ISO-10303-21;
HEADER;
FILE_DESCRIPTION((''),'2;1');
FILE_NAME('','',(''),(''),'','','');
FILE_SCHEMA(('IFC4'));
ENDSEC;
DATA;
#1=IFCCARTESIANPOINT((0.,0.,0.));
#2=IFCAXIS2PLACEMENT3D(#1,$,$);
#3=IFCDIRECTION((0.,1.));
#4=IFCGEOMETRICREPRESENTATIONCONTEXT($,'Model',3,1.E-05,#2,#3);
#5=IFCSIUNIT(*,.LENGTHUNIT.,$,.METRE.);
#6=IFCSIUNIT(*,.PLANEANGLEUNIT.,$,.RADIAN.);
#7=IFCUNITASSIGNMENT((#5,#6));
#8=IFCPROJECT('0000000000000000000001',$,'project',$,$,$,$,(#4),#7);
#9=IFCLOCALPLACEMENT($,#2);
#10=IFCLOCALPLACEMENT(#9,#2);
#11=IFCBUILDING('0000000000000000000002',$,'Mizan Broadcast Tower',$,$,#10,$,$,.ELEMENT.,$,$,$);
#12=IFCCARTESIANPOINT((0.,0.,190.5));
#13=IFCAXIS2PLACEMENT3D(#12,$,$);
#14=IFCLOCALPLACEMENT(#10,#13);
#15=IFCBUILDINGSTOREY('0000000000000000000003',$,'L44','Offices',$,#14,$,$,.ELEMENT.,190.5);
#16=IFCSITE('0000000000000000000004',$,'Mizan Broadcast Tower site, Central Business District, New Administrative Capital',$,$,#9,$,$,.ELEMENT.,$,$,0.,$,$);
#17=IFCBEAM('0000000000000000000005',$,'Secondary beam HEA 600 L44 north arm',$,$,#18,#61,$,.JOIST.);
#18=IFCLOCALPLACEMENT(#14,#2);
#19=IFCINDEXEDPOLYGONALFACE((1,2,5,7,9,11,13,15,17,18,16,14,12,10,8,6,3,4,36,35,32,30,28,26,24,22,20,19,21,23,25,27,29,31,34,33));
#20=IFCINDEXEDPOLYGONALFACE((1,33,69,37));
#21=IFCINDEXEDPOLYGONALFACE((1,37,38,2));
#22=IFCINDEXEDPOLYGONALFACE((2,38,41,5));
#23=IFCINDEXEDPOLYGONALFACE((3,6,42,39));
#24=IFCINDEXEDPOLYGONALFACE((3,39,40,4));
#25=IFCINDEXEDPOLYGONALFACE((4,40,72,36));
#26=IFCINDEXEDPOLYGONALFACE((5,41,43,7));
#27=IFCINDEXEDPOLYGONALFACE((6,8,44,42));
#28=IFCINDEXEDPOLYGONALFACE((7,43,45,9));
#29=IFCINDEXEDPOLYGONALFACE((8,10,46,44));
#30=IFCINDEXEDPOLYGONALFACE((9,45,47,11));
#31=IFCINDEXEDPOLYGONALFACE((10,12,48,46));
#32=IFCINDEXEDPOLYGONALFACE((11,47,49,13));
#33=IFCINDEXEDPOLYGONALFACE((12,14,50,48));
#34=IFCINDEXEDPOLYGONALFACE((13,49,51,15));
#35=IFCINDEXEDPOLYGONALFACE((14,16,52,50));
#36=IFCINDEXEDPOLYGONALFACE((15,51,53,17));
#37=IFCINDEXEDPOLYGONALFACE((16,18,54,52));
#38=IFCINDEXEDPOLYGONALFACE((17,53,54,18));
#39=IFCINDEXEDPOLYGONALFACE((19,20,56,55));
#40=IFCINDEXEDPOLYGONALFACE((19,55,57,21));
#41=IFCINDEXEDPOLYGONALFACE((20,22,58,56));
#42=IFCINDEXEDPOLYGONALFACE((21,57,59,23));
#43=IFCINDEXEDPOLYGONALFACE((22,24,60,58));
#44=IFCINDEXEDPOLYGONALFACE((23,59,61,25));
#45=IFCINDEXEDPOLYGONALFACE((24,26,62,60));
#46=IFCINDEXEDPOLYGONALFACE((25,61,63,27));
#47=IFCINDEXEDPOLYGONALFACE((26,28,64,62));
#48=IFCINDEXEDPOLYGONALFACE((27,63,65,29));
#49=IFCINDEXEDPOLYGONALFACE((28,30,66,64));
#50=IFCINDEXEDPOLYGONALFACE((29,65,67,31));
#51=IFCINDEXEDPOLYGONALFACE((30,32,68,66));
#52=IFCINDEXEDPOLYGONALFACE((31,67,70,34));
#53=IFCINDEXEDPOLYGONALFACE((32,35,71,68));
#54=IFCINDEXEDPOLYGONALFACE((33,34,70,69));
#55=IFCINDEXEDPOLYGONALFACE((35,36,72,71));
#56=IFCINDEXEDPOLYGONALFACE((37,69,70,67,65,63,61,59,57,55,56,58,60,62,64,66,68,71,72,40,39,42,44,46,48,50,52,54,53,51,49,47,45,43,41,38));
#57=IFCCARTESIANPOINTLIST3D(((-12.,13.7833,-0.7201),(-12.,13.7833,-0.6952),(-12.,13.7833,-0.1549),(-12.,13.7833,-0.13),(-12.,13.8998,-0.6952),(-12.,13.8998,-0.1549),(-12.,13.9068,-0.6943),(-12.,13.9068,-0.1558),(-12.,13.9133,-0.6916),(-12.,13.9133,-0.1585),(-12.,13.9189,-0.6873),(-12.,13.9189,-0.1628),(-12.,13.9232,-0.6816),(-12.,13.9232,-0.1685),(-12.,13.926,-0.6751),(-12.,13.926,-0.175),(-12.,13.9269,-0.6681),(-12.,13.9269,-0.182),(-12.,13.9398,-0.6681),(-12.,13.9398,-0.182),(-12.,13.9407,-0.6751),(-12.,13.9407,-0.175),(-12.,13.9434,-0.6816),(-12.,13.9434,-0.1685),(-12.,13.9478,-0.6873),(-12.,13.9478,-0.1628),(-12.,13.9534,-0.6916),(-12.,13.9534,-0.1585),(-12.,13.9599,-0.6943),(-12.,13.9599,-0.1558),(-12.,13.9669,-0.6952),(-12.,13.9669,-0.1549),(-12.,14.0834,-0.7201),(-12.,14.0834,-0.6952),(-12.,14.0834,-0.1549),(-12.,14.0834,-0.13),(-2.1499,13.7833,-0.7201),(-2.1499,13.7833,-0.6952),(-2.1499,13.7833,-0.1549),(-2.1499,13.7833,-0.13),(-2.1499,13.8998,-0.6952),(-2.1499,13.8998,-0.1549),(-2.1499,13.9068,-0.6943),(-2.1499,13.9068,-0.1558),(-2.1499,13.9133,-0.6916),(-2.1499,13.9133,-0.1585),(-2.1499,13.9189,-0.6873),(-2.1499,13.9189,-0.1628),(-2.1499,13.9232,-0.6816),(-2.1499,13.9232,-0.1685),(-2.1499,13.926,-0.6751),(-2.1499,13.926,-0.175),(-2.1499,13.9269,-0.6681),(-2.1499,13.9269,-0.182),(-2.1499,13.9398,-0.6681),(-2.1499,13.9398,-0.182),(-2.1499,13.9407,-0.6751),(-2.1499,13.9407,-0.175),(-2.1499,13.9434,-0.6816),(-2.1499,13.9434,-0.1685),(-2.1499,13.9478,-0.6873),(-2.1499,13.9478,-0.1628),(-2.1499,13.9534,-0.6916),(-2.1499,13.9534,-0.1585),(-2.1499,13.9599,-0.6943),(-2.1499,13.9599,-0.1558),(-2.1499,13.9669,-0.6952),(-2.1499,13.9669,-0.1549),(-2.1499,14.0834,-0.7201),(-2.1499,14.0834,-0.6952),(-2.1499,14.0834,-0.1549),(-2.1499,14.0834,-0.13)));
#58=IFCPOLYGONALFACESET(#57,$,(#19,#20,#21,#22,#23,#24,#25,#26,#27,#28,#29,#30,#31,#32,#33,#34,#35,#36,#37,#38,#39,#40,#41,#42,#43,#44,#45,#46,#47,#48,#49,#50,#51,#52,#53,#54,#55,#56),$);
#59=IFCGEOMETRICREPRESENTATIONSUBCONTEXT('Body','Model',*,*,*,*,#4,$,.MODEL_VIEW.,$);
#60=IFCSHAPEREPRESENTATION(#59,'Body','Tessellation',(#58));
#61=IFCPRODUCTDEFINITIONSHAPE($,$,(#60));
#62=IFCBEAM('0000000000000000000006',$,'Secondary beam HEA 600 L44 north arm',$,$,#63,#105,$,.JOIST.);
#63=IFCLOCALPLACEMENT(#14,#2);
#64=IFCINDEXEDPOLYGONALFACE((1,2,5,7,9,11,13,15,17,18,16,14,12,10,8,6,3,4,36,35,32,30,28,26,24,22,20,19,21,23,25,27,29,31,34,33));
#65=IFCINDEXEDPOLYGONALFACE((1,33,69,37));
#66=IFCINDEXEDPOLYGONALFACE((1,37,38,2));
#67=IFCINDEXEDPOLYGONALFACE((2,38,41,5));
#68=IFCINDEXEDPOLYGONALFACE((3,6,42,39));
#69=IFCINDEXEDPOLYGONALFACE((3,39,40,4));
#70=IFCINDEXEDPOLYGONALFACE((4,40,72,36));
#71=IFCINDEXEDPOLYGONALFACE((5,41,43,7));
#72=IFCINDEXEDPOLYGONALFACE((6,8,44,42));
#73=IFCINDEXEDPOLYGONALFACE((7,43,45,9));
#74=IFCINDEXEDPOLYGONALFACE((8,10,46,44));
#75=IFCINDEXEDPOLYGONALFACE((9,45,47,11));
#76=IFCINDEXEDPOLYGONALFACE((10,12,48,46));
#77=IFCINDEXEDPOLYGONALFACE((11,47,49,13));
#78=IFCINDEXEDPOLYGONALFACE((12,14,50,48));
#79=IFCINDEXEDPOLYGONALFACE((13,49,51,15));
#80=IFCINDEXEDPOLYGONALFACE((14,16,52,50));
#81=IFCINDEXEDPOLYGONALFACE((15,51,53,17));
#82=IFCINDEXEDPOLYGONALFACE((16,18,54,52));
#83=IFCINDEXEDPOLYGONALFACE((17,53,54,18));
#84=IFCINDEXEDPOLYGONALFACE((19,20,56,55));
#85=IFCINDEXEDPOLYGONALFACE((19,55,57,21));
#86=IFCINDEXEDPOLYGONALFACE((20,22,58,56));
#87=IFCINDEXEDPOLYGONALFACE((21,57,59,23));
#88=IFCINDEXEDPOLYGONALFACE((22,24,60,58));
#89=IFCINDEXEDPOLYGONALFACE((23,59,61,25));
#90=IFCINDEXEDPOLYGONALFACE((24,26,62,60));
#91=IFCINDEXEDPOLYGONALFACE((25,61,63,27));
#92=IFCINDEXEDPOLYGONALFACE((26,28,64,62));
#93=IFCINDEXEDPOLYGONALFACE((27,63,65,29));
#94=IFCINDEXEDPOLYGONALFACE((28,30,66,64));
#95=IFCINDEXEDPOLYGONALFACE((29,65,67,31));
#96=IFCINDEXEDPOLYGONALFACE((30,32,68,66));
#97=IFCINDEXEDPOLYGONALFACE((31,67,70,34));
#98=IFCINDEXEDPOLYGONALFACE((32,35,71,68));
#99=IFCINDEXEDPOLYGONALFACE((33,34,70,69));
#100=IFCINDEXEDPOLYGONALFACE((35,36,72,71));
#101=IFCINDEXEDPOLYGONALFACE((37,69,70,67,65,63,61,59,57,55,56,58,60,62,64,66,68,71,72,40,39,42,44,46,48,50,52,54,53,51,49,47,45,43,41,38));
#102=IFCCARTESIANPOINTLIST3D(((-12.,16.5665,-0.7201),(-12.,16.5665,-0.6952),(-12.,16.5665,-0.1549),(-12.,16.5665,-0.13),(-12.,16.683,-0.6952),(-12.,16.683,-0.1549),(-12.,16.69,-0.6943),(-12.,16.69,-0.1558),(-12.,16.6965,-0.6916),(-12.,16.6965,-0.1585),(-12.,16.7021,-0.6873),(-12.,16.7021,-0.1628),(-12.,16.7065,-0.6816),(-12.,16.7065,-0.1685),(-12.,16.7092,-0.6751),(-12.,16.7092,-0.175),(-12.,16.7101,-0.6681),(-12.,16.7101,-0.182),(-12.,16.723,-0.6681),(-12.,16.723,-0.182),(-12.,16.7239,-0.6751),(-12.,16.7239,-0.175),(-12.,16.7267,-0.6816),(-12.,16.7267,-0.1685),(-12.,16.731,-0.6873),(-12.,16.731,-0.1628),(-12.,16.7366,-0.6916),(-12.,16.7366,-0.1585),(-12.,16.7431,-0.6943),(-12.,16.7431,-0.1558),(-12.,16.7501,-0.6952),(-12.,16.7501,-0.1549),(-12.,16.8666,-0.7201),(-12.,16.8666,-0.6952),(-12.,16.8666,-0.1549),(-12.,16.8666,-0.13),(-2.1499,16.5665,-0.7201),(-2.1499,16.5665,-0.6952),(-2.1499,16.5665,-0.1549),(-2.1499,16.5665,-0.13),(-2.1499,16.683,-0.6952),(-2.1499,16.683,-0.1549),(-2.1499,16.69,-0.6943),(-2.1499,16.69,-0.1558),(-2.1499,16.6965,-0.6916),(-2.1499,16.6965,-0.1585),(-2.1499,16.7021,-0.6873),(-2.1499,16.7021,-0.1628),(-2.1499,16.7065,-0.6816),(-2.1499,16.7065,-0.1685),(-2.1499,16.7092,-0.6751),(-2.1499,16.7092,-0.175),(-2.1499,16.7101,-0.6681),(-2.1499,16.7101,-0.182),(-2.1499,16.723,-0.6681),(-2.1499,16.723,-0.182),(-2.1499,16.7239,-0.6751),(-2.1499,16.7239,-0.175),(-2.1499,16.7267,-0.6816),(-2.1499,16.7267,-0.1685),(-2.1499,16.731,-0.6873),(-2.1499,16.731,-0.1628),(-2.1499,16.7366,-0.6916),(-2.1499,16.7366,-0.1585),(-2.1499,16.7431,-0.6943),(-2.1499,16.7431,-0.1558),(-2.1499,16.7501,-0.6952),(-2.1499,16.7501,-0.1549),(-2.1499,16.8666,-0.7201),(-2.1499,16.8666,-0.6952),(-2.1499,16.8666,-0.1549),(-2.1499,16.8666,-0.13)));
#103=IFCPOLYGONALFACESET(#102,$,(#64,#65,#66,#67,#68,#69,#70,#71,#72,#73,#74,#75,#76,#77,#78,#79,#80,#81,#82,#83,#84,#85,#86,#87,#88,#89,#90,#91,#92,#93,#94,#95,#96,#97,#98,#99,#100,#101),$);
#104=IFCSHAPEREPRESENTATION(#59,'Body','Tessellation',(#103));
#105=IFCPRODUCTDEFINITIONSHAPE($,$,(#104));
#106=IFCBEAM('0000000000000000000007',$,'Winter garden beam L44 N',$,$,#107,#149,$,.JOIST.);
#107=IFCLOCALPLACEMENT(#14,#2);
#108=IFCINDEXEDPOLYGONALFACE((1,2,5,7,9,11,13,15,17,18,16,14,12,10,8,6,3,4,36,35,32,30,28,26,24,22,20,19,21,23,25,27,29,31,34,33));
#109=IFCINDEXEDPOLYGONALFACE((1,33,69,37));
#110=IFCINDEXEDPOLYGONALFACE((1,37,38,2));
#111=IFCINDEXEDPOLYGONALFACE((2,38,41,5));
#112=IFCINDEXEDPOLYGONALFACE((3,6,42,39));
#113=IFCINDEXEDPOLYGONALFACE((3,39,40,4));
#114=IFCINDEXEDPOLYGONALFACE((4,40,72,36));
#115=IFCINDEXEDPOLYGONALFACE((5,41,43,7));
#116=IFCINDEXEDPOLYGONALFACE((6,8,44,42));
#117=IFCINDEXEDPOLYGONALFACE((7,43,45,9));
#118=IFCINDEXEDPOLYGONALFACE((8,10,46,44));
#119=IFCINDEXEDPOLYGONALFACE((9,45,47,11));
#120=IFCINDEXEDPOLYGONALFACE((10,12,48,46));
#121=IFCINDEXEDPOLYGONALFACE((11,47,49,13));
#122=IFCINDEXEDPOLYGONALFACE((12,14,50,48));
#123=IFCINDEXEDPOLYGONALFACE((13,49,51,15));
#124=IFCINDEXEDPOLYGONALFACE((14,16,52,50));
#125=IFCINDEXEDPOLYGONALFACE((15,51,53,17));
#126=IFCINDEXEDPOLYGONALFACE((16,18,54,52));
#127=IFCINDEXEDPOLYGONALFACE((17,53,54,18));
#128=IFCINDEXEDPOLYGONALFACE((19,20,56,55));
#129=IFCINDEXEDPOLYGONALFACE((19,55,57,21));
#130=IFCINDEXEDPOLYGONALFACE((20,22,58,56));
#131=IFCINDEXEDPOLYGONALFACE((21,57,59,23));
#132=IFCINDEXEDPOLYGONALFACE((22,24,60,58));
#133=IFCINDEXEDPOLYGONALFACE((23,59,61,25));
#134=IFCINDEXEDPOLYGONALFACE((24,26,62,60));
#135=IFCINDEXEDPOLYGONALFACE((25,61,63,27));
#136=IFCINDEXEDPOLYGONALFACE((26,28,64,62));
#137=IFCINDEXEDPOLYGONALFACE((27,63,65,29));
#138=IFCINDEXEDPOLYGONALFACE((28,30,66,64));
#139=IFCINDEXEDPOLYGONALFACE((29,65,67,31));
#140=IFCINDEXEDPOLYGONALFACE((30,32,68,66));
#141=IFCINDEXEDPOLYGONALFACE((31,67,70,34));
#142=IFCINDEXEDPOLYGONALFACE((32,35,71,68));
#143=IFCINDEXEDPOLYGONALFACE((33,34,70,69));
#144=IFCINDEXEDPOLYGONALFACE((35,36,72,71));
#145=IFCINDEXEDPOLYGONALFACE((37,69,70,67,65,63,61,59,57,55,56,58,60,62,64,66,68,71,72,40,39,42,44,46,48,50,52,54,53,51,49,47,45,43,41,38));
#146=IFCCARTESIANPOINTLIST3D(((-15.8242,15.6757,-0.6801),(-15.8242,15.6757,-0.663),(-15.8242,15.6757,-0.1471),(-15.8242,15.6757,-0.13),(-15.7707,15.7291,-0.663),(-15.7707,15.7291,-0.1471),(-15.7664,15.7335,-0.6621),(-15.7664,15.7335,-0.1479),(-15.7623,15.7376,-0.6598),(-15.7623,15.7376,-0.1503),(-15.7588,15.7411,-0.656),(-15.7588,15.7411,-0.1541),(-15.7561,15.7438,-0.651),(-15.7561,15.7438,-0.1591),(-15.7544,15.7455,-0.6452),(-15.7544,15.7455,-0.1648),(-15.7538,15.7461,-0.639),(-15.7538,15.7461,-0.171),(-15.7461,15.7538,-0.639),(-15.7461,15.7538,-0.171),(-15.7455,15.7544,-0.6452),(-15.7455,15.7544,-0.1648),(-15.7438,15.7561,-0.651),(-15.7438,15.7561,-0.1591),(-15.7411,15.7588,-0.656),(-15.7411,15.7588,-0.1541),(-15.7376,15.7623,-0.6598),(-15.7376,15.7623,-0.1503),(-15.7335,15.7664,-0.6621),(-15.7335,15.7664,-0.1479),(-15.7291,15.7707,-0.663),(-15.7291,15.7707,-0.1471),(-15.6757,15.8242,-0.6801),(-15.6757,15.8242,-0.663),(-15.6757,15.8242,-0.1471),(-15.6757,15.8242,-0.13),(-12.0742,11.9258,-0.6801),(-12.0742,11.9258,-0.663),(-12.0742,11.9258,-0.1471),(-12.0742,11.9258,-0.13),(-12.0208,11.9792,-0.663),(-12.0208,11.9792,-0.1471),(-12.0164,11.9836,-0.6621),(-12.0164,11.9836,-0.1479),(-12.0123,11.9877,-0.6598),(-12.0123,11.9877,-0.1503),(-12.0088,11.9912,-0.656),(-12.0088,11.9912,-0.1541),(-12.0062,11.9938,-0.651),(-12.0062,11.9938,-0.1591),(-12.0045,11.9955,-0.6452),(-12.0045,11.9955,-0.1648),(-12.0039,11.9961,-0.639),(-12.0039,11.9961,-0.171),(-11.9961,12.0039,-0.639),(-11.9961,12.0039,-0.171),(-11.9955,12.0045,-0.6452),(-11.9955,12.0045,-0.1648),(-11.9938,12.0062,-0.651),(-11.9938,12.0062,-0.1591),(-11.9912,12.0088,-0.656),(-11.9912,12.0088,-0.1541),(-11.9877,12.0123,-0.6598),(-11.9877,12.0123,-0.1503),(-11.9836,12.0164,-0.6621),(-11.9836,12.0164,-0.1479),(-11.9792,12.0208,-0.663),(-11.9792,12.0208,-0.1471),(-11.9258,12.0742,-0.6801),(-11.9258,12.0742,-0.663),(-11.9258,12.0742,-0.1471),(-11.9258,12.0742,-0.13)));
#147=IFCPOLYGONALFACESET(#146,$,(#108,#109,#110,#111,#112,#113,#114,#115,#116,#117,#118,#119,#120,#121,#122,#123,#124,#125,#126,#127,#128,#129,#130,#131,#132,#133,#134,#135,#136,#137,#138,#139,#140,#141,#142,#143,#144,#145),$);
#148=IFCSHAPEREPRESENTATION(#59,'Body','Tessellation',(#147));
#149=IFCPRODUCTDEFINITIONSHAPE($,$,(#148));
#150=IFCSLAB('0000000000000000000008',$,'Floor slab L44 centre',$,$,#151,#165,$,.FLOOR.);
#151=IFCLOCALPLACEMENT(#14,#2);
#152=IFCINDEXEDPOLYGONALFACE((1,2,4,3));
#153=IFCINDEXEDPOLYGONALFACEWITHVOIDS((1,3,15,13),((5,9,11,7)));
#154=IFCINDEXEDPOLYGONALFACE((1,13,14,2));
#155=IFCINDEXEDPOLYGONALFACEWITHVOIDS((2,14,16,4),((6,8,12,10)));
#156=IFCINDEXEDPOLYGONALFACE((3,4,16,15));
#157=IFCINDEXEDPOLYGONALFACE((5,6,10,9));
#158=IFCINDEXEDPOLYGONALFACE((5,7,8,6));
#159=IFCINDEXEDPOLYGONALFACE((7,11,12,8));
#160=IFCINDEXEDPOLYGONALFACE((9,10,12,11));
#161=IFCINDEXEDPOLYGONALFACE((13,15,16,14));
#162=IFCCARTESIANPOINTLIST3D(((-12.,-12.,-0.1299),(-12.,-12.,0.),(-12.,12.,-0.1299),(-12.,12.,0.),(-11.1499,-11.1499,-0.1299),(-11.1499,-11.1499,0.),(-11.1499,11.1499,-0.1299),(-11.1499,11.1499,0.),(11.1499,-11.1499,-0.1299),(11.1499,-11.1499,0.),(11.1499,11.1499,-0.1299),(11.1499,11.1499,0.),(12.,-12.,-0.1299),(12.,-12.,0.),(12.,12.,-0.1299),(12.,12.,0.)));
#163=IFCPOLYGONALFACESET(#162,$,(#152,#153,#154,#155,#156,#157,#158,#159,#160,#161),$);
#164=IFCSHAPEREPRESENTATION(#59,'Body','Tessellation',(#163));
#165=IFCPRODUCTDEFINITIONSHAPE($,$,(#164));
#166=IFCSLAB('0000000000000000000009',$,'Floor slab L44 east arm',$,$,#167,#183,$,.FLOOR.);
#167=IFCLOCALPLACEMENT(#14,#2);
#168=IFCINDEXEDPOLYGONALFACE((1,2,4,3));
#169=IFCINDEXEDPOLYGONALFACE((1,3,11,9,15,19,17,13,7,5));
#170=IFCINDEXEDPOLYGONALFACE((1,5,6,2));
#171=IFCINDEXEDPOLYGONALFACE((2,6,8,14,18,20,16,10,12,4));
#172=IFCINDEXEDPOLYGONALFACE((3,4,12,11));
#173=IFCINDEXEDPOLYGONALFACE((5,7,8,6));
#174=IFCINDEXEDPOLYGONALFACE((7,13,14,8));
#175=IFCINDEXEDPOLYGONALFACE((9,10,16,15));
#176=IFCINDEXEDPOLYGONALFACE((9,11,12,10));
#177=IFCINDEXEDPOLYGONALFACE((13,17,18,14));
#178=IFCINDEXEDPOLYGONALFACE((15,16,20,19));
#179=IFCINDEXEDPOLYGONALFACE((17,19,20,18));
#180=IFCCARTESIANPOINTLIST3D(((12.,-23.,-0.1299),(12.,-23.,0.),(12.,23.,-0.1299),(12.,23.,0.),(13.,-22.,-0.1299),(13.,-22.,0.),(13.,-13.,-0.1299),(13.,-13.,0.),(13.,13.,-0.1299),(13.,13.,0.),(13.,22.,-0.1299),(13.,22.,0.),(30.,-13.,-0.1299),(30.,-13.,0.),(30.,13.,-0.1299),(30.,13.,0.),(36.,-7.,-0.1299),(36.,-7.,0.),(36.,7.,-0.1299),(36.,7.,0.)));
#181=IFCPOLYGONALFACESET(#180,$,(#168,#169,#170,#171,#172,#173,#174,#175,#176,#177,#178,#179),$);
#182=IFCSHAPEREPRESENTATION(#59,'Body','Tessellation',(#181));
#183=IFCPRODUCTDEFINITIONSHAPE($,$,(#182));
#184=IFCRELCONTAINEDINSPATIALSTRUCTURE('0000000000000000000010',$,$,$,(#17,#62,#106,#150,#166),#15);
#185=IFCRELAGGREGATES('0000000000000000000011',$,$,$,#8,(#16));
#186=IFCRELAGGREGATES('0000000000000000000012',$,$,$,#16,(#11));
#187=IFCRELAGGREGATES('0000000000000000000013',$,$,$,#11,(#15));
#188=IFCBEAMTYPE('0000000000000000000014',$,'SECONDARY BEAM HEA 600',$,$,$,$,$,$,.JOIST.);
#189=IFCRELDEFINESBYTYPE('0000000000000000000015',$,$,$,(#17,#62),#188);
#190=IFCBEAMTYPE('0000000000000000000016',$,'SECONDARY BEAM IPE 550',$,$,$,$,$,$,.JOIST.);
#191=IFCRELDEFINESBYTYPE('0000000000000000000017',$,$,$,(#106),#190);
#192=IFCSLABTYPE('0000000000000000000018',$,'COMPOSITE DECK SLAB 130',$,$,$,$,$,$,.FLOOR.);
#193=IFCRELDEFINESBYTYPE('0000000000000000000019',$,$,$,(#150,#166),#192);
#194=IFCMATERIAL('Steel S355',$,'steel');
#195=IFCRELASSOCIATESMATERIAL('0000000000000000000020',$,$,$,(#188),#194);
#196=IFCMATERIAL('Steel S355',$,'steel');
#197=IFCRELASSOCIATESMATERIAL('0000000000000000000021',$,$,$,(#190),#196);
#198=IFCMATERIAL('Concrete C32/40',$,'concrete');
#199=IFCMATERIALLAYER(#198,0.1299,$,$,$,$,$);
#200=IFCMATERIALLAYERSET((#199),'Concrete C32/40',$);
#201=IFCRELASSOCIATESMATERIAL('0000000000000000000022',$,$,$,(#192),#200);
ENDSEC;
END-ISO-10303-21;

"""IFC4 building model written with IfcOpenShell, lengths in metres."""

from ifc_helpers import new_model, si_unit, direction, frame, origin, origin_2d, place, context, subcontext, project, spatial, polyline, i_section, outline, extrude, material, layer, layer_set, material_profile, profile_set, type_object, element, save


model = new_model("IFC4")

# Units and contexts
model_context = context("Model", 3, precision=1e-05, world=origin(), true_north=direction((0.0, 1.0)))
body_context = subcontext(model_context, "Body", "Model", "MODEL_VIEW")
ifc_project = project(units=[si_unit("LENGTHUNIT", "METRE"), si_unit("PLANEANGLEUNIT", "RADIAN")], contexts=[model_context])

# Site, building, storey
site_placement = place(None, origin())
site = spatial("IfcSite", under=ifc_project, at=site_placement, Name="Mizan Broadcast Tower site, Central Business District, New Administrative Capital", CompositionType="ELEMENT", RefElevation=0.0)
building_placement = place(site_placement, origin())
building = spatial("IfcBuilding", under=site, at=building_placement, Name="Mizan Broadcast Tower", CompositionType="ELEMENT")
storey_placement = place(building_placement, frame((0.0, 0.0, 190.5)))
storey = spatial("IfcBuildingStorey", under=building, at=storey_placement, Name="L44", Description="Offices", CompositionType="ELEMENT", Elevation=190.5)

# Beams
ifc_material_1 = material(Name="Steel S355", Category="steel")
ifc_material_profile_1 = material_profile(ifc_material_1, i_section(OverallWidth=0.3, OverallDepth=0.5901, WebThickness=0.0129, FlangeThickness=0.0249, FilletRadius=0.0271, at=origin_2d()), Name="HEA 600")
ifc_profile_set_1 = profile_set([ifc_material_profile_1], Name="Steel S355")
beam_type_1 = type_object("IfcBeamType", Name="SECONDARY BEAM HEA 600", PredefinedType="JOIST", material=ifc_profile_set_1)
for number, where, z_axis, x_axis, name in (
    (1, (-12.0, 13.9333, -0.425), (1.0, 0.0, 0.0), (0.0, 1.0, 0.0), "Secondary beam HEA 600 L44 north arm"),
    (2, (-12.0, 16.7166, -0.425), (1.0, 0.0, 0.0), (0.0, 1.0, 0.0), "Secondary beam HEA 600 L44 north arm"),
):
    element("IfcBeam", number, at=place(storey_placement, frame(where, z_axis=z_axis, x_axis=x_axis)), inside=storey, type_object=beam_type_1, Name=name, PredefinedType="JOIST", context=body_context, shape_type="SweptSolid", body=[
        extrude(i_section(OverallWidth=0.3, OverallDepth=0.5901, WebThickness=0.0129, FlangeThickness=0.0249, FilletRadius=0.0271, at=origin_2d()), origin(), (0.0, 0.0, 1.0), 9.8501),
    ])
ifc_material_2 = material(Name="Steel S355", Category="steel")
ifc_material_profile_2 = material_profile(ifc_material_2, i_section(OverallWidth=0.21, OverallDepth=0.55, WebThickness=0.011, FlangeThickness=0.0171, FilletRadius=0.0239, at=origin_2d()), Name="IPE 550")
ifc_profile_set_2 = profile_set([ifc_material_profile_2], Name="Steel S355")
beam_type_2 = type_object("IfcBeamType", Name="SECONDARY BEAM IPE 550", PredefinedType="JOIST", material=ifc_profile_set_2)
beam_1_placement = place(storey_placement, frame((-12.0, 12.0, -0.405), z_axis=(-0.707107, 0.707107, 0.0), x_axis=(-0.707107, -0.707107, 0.0)))
element("IfcBeam", 3, at=beam_1_placement, inside=storey, type_object=beam_type_2, Name="Winter garden beam L44 N", PredefinedType="JOIST", context=body_context, shape_type="SweptSolid", body=[
    extrude(i_section(OverallWidth=0.21, OverallDepth=0.55, WebThickness=0.011, FlangeThickness=0.0171, FilletRadius=0.0239, at=origin_2d()), origin(), (0.0, 0.0, 1.0), 5.3032),
])

# Slabs
ifc_material_3 = material(Name="Concrete C32/40", Category="concrete")
ifc_layer_1 = layer(ifc_material_3, 0.1299)
ifc_layer_set_1 = layer_set([ifc_layer_1], Name="Concrete C32/40")
slab_type = type_object("IfcSlabType", Name="COMPOSITE DECK SLAB 130", PredefinedType="FLOOR", material=ifc_layer_set_1)
slab_1_placement = place(storey_placement, frame((0.0, 0.0, -0.1299)))
element("IfcSlab", 4, at=slab_1_placement, inside=storey, type_object=slab_type, Name="Floor slab L44 centre", PredefinedType="FLOOR", context=body_context, shape_type="SweptSolid", body=[
    extrude(outline(polyline([(-12.0, -12.0), (12.0, -12.0), (12.0, 12.0), (-12.0, 12.0), (-12.0, -12.0)]), holes=[polyline([(-11.1499, 11.1499), (11.1499, 11.1499), (11.1499, -11.1499), (-11.1499, -11.1499), (-11.1499, 11.1499)])]), origin(), (0.0, 0.0, 1.0), 0.1299),
])
slab_2_placement = place(storey_placement, frame((0.0, 0.0, -0.1299)))
element("IfcSlab", 5, at=slab_2_placement, inside=storey, type_object=slab_type, Name="Floor slab L44 east arm", PredefinedType="FLOOR", context=body_context, shape_type="SweptSolid", body=[
    extrude(outline(polyline([(12.0, -23.0), (13.0, -22.0), (13.0, -13.0), (30.0, -13.0), (36.0, -7.0), (36.0, 7.0), (30.0, 13.0), (13.0, 13.0), (13.0, 22.0), (12.0, 23.0), (12.0, -23.0)])), origin(), (0.0, 0.0, 1.0), 0.1299),
])

save(model, "model.ifc")
